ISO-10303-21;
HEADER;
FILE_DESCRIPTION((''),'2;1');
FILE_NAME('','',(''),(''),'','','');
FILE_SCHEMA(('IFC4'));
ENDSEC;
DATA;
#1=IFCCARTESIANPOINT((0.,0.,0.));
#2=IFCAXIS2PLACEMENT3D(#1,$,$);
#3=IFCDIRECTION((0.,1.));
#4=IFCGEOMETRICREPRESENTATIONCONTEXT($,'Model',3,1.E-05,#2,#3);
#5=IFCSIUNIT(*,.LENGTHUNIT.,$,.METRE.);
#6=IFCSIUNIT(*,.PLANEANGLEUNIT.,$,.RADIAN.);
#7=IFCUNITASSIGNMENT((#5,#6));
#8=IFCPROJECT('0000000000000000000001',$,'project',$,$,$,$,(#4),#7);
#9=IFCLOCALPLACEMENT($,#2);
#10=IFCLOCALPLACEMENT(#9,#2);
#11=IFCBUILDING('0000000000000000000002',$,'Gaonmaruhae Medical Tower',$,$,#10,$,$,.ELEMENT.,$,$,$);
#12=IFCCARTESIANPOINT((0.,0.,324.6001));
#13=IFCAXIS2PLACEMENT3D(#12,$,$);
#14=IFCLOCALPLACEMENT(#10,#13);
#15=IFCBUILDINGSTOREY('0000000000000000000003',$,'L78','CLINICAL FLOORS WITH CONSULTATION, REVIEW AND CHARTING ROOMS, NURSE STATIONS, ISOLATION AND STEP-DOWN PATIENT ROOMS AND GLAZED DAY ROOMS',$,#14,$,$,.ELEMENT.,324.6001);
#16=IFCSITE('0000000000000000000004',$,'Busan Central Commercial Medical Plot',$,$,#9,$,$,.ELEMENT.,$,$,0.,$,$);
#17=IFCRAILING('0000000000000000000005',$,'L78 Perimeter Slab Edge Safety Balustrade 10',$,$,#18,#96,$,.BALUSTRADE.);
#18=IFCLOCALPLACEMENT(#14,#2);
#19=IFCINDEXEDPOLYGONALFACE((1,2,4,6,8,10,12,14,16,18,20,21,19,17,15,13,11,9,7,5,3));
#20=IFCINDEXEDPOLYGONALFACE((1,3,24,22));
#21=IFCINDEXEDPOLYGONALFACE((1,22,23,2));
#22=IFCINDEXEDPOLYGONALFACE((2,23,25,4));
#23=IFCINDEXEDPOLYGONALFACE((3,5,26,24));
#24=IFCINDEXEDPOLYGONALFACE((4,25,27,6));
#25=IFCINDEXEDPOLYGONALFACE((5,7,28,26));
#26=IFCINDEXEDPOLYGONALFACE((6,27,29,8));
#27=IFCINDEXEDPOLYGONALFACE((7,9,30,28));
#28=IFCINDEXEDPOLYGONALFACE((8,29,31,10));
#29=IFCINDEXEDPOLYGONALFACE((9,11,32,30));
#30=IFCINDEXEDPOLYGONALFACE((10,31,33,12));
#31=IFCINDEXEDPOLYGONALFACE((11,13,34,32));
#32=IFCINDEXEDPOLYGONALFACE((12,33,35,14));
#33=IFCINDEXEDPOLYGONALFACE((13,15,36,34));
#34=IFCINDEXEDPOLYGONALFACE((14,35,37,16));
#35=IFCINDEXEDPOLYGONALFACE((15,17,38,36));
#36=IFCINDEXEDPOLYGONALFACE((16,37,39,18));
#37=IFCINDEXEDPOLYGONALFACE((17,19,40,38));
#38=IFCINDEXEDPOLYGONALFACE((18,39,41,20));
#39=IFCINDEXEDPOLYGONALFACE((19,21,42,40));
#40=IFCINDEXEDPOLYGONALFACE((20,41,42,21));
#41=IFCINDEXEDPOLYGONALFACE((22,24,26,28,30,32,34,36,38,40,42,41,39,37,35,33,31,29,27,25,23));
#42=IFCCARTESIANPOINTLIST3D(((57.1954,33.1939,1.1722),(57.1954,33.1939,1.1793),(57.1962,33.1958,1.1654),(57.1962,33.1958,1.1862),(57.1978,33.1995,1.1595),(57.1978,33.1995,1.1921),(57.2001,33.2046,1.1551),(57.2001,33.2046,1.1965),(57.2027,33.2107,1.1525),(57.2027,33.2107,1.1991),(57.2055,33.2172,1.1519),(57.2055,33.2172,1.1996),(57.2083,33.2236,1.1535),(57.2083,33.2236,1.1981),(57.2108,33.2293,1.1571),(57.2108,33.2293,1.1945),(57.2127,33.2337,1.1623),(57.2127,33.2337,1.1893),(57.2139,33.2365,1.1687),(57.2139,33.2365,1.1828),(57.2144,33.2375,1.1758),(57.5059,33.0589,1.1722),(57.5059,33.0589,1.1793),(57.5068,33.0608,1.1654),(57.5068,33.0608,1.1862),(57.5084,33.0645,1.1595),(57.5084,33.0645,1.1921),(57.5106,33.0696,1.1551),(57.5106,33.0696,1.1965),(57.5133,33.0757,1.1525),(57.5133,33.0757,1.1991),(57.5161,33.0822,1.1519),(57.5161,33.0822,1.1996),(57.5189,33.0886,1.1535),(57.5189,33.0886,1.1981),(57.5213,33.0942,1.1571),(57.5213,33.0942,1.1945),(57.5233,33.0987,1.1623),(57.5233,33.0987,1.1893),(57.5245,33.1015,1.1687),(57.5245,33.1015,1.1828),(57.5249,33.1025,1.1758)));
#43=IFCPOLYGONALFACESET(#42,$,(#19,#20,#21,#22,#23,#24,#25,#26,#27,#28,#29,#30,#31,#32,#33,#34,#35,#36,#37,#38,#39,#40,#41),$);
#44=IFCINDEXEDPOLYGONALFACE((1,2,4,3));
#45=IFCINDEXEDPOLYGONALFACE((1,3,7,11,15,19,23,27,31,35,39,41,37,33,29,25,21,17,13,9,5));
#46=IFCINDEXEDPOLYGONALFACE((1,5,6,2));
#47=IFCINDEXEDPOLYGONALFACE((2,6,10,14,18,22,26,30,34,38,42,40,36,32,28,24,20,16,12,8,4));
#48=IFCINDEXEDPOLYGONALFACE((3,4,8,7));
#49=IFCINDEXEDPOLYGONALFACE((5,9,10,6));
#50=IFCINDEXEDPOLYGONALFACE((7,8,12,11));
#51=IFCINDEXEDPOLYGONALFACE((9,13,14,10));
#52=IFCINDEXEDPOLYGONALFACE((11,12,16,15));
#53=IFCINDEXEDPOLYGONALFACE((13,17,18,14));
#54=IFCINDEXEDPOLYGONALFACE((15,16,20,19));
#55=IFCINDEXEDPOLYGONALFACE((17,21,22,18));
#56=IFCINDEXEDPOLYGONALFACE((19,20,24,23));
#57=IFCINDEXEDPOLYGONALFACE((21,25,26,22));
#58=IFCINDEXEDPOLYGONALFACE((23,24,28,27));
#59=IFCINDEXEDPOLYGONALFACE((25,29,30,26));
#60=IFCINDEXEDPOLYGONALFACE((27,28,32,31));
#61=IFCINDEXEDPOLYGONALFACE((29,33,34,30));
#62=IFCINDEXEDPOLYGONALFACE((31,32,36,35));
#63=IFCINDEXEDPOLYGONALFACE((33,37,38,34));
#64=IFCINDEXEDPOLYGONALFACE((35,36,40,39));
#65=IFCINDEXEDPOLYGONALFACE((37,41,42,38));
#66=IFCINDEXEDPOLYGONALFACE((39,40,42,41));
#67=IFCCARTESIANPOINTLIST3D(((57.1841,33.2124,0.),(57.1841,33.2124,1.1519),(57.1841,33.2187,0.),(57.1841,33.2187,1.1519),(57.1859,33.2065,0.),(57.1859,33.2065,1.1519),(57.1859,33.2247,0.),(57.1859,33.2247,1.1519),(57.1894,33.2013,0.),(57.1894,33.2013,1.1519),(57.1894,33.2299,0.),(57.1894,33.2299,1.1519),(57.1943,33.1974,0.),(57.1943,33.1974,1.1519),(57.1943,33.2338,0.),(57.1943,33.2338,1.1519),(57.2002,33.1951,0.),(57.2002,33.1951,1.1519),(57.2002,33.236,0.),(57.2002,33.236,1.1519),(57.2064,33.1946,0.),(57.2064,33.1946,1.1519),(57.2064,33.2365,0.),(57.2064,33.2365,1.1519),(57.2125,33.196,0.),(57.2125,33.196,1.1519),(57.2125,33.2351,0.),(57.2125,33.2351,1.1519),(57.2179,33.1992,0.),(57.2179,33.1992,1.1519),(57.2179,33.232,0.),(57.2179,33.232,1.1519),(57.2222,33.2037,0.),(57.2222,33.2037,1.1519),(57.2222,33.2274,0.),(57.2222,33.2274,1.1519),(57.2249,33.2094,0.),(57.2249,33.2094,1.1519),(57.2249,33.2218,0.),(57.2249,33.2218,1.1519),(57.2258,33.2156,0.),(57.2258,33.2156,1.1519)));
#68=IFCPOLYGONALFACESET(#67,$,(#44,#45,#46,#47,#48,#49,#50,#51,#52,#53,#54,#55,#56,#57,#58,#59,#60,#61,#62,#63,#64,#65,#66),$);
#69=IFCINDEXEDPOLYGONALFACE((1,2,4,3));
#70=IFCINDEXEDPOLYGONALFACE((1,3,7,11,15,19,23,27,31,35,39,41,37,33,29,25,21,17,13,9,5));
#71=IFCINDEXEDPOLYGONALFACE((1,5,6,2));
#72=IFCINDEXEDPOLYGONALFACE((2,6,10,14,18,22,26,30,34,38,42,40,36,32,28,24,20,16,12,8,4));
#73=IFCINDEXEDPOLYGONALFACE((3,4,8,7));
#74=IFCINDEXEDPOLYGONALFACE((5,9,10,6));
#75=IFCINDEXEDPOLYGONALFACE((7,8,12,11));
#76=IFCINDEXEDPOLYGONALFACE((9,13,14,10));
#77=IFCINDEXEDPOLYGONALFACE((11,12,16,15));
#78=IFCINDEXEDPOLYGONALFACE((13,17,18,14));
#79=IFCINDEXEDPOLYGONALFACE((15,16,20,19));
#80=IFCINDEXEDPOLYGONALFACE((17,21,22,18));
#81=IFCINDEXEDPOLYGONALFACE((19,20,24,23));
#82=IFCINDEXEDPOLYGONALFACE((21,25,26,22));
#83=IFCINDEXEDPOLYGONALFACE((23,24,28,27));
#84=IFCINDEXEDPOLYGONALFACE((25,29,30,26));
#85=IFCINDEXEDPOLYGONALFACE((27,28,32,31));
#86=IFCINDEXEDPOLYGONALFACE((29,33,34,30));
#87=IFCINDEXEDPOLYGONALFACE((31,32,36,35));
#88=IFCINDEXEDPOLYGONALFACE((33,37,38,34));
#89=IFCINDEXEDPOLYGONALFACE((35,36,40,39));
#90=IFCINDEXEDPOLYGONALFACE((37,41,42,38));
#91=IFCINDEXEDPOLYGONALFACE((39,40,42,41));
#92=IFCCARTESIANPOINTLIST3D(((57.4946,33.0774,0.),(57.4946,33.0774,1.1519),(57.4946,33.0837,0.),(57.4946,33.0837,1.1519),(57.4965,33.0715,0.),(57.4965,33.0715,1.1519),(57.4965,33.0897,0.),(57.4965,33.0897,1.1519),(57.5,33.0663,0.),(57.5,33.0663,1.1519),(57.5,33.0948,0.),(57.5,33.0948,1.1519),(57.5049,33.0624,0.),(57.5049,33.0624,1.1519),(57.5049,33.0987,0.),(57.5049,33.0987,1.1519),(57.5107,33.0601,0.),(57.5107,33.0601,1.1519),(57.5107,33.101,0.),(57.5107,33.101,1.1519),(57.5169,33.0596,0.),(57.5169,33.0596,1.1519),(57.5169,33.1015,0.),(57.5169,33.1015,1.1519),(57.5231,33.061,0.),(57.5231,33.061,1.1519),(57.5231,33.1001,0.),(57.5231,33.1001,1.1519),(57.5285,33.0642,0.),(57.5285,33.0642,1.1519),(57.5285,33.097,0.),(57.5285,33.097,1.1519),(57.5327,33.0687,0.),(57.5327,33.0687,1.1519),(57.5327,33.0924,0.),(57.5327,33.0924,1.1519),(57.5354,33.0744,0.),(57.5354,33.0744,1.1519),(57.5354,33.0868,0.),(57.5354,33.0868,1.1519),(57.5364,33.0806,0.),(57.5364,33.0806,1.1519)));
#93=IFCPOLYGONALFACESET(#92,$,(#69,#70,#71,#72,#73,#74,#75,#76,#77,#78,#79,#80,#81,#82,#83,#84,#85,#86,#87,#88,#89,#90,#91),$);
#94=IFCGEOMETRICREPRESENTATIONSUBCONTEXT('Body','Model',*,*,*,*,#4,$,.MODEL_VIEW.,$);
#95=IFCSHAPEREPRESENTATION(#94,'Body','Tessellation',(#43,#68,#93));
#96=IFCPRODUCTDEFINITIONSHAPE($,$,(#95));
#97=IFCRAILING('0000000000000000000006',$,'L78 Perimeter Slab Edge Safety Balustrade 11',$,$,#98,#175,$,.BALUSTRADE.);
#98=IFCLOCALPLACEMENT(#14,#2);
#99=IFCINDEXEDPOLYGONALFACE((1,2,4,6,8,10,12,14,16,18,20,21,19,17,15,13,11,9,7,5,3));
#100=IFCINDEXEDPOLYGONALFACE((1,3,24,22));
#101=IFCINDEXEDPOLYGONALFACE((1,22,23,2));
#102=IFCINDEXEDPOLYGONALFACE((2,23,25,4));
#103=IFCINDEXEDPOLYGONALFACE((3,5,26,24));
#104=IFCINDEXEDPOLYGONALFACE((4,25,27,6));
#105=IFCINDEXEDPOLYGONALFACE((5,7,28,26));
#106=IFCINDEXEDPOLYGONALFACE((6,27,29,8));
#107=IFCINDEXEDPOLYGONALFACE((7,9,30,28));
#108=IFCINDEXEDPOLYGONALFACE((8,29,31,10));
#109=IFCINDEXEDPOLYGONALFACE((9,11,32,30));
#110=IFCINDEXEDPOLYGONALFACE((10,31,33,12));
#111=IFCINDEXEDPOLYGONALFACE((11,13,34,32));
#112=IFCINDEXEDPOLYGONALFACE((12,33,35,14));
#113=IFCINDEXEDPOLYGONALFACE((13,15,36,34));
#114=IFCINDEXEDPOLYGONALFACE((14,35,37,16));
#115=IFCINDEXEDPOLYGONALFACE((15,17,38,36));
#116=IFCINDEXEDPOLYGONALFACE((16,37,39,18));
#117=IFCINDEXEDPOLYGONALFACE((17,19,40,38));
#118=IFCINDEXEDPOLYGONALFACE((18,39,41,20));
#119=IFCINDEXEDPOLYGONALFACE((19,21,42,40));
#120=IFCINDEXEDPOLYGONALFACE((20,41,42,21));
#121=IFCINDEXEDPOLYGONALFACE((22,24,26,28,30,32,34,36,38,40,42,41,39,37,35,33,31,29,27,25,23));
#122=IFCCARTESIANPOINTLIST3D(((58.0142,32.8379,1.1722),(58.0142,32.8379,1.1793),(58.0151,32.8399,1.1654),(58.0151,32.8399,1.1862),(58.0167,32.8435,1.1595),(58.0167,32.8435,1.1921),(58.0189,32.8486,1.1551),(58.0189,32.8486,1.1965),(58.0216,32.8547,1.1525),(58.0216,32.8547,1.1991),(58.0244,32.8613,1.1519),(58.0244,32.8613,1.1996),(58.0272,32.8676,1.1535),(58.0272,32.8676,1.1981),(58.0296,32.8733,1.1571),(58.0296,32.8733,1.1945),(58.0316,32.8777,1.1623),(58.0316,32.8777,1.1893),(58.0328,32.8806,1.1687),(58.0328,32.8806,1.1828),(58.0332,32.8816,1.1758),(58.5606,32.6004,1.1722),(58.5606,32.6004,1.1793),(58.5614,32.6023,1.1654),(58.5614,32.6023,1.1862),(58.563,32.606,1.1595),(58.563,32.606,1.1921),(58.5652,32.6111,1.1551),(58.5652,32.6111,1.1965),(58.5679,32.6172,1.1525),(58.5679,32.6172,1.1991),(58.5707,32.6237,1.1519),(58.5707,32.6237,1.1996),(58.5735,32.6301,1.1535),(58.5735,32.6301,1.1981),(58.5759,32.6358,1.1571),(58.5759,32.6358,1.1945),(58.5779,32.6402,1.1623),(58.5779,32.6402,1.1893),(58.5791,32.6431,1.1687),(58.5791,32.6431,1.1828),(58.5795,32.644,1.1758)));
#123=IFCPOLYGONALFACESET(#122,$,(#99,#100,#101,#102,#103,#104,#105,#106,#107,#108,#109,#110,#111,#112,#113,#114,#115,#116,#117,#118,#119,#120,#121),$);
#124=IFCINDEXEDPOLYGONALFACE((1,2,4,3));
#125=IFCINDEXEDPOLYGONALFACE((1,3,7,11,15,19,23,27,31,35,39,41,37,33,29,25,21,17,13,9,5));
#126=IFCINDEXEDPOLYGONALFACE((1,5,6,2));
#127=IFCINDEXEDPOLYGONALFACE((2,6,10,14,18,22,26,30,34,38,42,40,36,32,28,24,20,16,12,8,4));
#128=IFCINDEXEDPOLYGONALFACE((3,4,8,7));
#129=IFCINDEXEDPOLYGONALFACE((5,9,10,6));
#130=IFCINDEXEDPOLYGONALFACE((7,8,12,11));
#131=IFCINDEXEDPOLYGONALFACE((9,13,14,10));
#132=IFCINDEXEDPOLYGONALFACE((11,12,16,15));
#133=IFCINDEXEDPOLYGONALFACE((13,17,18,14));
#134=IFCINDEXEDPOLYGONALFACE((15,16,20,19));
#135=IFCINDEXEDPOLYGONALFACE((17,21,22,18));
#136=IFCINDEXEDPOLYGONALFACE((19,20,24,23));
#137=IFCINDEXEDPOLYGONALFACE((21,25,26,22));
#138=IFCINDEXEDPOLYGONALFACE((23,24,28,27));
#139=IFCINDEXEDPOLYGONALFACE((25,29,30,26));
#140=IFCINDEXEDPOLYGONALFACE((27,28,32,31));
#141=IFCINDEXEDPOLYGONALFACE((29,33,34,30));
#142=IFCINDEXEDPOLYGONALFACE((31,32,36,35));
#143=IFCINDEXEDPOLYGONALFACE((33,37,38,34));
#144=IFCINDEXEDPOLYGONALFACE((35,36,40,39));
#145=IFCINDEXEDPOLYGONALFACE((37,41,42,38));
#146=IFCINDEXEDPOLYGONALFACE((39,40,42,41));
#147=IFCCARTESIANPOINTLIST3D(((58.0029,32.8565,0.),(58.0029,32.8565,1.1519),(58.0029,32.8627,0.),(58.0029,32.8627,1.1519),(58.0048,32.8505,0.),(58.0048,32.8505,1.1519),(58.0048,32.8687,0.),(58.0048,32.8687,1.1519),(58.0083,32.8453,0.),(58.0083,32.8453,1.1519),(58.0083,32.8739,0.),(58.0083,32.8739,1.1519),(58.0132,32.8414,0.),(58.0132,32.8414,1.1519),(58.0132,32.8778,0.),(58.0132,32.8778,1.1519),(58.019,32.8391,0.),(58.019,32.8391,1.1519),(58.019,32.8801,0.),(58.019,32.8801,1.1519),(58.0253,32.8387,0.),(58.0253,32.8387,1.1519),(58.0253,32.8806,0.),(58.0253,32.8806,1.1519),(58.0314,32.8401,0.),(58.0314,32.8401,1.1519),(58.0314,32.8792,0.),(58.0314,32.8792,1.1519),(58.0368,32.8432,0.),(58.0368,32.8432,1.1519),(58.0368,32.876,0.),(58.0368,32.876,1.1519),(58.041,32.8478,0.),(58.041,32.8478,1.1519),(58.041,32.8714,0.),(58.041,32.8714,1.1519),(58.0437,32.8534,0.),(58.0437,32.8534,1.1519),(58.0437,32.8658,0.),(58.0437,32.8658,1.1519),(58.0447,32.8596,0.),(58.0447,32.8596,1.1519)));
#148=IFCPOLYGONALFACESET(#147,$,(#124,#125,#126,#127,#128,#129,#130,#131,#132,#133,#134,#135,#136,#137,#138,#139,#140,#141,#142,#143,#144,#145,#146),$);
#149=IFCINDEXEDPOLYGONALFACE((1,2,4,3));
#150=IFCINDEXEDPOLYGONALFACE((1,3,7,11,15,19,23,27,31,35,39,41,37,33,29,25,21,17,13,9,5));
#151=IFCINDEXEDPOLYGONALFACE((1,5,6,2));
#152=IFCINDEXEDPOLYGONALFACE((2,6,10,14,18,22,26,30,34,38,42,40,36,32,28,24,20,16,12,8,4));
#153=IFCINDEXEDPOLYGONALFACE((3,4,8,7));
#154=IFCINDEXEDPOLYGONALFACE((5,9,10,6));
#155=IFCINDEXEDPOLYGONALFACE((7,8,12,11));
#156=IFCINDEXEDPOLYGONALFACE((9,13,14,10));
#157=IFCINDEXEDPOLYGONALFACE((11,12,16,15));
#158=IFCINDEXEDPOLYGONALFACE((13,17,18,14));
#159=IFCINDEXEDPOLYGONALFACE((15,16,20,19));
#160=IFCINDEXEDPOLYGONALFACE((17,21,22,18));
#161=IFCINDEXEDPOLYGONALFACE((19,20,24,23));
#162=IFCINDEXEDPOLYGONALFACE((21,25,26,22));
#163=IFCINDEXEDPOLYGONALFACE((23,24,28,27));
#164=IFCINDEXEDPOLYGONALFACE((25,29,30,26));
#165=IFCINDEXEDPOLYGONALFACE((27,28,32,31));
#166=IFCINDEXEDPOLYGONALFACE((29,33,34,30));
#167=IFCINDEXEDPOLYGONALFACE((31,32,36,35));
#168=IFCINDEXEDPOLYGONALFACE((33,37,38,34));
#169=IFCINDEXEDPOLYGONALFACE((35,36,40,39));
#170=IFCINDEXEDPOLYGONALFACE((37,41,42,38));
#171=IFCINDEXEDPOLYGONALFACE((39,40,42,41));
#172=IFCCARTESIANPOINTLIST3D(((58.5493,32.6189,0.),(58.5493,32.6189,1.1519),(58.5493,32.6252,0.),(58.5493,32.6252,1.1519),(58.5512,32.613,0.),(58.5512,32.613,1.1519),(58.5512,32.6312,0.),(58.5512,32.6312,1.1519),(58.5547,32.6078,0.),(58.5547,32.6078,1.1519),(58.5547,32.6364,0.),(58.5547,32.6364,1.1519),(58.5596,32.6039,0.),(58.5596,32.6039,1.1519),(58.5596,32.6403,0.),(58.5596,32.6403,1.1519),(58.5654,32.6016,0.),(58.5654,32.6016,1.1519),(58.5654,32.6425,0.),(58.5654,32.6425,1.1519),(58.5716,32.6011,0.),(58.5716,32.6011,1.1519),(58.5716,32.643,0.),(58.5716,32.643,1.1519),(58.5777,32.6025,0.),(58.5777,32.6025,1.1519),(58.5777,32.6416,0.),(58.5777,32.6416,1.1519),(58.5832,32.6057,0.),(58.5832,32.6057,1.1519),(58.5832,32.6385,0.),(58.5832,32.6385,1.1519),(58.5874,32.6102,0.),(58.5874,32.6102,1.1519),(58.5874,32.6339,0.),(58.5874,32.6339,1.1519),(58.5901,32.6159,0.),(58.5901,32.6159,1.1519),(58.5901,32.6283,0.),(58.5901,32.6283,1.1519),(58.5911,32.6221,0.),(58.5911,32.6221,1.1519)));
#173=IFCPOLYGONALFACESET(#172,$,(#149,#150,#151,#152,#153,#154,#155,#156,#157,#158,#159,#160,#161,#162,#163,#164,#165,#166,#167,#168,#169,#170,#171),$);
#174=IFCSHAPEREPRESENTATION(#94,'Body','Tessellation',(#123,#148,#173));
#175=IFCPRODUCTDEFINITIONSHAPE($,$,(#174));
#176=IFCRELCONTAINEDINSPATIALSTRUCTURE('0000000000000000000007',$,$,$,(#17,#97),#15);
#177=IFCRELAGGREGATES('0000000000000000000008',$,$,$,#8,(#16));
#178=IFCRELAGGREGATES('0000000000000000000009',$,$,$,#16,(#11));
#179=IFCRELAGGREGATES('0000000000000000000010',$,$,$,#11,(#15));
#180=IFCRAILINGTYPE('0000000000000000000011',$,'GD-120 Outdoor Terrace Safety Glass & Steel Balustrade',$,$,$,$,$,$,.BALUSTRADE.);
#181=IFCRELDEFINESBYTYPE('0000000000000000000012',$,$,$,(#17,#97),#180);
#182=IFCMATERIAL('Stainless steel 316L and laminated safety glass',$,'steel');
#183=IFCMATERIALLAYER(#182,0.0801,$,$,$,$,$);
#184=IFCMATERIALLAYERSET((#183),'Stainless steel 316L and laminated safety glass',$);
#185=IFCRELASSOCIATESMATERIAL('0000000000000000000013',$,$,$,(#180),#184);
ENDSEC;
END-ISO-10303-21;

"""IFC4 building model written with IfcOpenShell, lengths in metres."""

from ifc_helpers import new_model, si_unit, direction, frame, origin, origin_2d, place, context, subcontext, project, spatial, circle, extrude, material, layer, layer_set, type_object, element, save


model = new_model("IFC4")

# Units and contexts
model_context = context("Model", 3, precision=1e-05, world=origin(), true_north=direction((0.0, 1.0)))
body_context = subcontext(model_context, "Body", "Model", "MODEL_VIEW")
ifc_project = project(units=[si_unit("LENGTHUNIT", "METRE"), si_unit("PLANEANGLEUNIT", "RADIAN")], contexts=[model_context])

# Site, building, storey
site_placement = place(None, origin())
site = spatial("IfcSite", under=ifc_project, at=site_placement, Name="Busan Central Commercial Medical Plot", CompositionType="ELEMENT", RefElevation=0.0)
building_placement = place(site_placement, origin())
building = spatial("IfcBuilding", under=site, at=building_placement, Name="Gaonmaruhae Medical Tower", CompositionType="ELEMENT")
storey_placement = place(building_placement, frame((0.0, 0.0, 324.6001)))
storey = spatial("IfcBuildingStorey", under=building, at=storey_placement, Name="L78", Description="CLINICAL FLOORS WITH CONSULTATION, REVIEW AND CHARTING ROOMS, NURSE STATIONS, ISOLATION AND STEP-DOWN PATIENT ROOMS AND GLAZED DAY ROOMS", CompositionType="ELEMENT", Elevation=324.6001)

# Railings
ifc_material_1 = material(Name="Stainless steel 316L and laminated safety glass", Category="steel")
ifc_layer_1 = layer(ifc_material_1, 0.0801)
ifc_layer_set_1 = layer_set([ifc_layer_1], Name="Stainless steel 316L and laminated safety glass")
railing_type = type_object("IfcRailingType", Name="GD-120 Outdoor Terrace Safety Glass & Steel Balustrade", PredefinedType="BALUSTRADE", material=ifc_layer_set_1)
railing_1_placement = place(storey_placement, frame((57.2048, 33.2156, 0.0)))
element("IfcRailing", 1, at=railing_1_placement, inside=storey, type_object=railing_type, Name="L78 Perimeter Slab Edge Safety Balustrade 10", PredefinedType="BALUSTRADE", context=body_context, shape_type="SweptSolid", body=[
    extrude(circle(Radius=0.0239, at=origin_2d()), frame((0.0, 0.0, 1.1758), z_axis=(0.917082, -0.3987, 0.0), x_axis=(0.3987, 0.917082, 0.0)), (0.0, 0.0, 1.0), 0.3386),
    extrude(circle(Radius=0.021, at=origin_2d()), origin(), (0.0, 0.0, 1.0), 1.1519),
    extrude(circle(Radius=0.021, at=origin_2d()), frame((0.3105, -0.135, 0.0)), (0.0, 0.0, 1.0), 1.1519),
])
railing_2_placement = place(storey_placement, frame((58.0237, 32.8596, 0.0)))
element("IfcRailing", 2, at=railing_2_placement, inside=storey, type_object=railing_type, Name="L78 Perimeter Slab Edge Safety Balustrade 11", PredefinedType="BALUSTRADE", context=body_context, shape_type="SweptSolid", body=[
    extrude(circle(Radius=0.0239, at=origin_2d()), frame((0.0, 0.0, 1.1758), z_axis=(0.917077, -0.398711, 0.0), x_axis=(0.398711, 0.917077, 0.0)), (0.0, 0.0, 1.0), 0.5957),
    extrude(circle(Radius=0.021, at=origin_2d()), origin(), (0.0, 0.0, 1.0), 1.1519),
    extrude(circle(Radius=0.021, at=origin_2d()), frame((0.5464, -0.2375, 0.0)), (0.0, 0.0, 1.0), 1.1519),
])

save(model, "model.ifc")
